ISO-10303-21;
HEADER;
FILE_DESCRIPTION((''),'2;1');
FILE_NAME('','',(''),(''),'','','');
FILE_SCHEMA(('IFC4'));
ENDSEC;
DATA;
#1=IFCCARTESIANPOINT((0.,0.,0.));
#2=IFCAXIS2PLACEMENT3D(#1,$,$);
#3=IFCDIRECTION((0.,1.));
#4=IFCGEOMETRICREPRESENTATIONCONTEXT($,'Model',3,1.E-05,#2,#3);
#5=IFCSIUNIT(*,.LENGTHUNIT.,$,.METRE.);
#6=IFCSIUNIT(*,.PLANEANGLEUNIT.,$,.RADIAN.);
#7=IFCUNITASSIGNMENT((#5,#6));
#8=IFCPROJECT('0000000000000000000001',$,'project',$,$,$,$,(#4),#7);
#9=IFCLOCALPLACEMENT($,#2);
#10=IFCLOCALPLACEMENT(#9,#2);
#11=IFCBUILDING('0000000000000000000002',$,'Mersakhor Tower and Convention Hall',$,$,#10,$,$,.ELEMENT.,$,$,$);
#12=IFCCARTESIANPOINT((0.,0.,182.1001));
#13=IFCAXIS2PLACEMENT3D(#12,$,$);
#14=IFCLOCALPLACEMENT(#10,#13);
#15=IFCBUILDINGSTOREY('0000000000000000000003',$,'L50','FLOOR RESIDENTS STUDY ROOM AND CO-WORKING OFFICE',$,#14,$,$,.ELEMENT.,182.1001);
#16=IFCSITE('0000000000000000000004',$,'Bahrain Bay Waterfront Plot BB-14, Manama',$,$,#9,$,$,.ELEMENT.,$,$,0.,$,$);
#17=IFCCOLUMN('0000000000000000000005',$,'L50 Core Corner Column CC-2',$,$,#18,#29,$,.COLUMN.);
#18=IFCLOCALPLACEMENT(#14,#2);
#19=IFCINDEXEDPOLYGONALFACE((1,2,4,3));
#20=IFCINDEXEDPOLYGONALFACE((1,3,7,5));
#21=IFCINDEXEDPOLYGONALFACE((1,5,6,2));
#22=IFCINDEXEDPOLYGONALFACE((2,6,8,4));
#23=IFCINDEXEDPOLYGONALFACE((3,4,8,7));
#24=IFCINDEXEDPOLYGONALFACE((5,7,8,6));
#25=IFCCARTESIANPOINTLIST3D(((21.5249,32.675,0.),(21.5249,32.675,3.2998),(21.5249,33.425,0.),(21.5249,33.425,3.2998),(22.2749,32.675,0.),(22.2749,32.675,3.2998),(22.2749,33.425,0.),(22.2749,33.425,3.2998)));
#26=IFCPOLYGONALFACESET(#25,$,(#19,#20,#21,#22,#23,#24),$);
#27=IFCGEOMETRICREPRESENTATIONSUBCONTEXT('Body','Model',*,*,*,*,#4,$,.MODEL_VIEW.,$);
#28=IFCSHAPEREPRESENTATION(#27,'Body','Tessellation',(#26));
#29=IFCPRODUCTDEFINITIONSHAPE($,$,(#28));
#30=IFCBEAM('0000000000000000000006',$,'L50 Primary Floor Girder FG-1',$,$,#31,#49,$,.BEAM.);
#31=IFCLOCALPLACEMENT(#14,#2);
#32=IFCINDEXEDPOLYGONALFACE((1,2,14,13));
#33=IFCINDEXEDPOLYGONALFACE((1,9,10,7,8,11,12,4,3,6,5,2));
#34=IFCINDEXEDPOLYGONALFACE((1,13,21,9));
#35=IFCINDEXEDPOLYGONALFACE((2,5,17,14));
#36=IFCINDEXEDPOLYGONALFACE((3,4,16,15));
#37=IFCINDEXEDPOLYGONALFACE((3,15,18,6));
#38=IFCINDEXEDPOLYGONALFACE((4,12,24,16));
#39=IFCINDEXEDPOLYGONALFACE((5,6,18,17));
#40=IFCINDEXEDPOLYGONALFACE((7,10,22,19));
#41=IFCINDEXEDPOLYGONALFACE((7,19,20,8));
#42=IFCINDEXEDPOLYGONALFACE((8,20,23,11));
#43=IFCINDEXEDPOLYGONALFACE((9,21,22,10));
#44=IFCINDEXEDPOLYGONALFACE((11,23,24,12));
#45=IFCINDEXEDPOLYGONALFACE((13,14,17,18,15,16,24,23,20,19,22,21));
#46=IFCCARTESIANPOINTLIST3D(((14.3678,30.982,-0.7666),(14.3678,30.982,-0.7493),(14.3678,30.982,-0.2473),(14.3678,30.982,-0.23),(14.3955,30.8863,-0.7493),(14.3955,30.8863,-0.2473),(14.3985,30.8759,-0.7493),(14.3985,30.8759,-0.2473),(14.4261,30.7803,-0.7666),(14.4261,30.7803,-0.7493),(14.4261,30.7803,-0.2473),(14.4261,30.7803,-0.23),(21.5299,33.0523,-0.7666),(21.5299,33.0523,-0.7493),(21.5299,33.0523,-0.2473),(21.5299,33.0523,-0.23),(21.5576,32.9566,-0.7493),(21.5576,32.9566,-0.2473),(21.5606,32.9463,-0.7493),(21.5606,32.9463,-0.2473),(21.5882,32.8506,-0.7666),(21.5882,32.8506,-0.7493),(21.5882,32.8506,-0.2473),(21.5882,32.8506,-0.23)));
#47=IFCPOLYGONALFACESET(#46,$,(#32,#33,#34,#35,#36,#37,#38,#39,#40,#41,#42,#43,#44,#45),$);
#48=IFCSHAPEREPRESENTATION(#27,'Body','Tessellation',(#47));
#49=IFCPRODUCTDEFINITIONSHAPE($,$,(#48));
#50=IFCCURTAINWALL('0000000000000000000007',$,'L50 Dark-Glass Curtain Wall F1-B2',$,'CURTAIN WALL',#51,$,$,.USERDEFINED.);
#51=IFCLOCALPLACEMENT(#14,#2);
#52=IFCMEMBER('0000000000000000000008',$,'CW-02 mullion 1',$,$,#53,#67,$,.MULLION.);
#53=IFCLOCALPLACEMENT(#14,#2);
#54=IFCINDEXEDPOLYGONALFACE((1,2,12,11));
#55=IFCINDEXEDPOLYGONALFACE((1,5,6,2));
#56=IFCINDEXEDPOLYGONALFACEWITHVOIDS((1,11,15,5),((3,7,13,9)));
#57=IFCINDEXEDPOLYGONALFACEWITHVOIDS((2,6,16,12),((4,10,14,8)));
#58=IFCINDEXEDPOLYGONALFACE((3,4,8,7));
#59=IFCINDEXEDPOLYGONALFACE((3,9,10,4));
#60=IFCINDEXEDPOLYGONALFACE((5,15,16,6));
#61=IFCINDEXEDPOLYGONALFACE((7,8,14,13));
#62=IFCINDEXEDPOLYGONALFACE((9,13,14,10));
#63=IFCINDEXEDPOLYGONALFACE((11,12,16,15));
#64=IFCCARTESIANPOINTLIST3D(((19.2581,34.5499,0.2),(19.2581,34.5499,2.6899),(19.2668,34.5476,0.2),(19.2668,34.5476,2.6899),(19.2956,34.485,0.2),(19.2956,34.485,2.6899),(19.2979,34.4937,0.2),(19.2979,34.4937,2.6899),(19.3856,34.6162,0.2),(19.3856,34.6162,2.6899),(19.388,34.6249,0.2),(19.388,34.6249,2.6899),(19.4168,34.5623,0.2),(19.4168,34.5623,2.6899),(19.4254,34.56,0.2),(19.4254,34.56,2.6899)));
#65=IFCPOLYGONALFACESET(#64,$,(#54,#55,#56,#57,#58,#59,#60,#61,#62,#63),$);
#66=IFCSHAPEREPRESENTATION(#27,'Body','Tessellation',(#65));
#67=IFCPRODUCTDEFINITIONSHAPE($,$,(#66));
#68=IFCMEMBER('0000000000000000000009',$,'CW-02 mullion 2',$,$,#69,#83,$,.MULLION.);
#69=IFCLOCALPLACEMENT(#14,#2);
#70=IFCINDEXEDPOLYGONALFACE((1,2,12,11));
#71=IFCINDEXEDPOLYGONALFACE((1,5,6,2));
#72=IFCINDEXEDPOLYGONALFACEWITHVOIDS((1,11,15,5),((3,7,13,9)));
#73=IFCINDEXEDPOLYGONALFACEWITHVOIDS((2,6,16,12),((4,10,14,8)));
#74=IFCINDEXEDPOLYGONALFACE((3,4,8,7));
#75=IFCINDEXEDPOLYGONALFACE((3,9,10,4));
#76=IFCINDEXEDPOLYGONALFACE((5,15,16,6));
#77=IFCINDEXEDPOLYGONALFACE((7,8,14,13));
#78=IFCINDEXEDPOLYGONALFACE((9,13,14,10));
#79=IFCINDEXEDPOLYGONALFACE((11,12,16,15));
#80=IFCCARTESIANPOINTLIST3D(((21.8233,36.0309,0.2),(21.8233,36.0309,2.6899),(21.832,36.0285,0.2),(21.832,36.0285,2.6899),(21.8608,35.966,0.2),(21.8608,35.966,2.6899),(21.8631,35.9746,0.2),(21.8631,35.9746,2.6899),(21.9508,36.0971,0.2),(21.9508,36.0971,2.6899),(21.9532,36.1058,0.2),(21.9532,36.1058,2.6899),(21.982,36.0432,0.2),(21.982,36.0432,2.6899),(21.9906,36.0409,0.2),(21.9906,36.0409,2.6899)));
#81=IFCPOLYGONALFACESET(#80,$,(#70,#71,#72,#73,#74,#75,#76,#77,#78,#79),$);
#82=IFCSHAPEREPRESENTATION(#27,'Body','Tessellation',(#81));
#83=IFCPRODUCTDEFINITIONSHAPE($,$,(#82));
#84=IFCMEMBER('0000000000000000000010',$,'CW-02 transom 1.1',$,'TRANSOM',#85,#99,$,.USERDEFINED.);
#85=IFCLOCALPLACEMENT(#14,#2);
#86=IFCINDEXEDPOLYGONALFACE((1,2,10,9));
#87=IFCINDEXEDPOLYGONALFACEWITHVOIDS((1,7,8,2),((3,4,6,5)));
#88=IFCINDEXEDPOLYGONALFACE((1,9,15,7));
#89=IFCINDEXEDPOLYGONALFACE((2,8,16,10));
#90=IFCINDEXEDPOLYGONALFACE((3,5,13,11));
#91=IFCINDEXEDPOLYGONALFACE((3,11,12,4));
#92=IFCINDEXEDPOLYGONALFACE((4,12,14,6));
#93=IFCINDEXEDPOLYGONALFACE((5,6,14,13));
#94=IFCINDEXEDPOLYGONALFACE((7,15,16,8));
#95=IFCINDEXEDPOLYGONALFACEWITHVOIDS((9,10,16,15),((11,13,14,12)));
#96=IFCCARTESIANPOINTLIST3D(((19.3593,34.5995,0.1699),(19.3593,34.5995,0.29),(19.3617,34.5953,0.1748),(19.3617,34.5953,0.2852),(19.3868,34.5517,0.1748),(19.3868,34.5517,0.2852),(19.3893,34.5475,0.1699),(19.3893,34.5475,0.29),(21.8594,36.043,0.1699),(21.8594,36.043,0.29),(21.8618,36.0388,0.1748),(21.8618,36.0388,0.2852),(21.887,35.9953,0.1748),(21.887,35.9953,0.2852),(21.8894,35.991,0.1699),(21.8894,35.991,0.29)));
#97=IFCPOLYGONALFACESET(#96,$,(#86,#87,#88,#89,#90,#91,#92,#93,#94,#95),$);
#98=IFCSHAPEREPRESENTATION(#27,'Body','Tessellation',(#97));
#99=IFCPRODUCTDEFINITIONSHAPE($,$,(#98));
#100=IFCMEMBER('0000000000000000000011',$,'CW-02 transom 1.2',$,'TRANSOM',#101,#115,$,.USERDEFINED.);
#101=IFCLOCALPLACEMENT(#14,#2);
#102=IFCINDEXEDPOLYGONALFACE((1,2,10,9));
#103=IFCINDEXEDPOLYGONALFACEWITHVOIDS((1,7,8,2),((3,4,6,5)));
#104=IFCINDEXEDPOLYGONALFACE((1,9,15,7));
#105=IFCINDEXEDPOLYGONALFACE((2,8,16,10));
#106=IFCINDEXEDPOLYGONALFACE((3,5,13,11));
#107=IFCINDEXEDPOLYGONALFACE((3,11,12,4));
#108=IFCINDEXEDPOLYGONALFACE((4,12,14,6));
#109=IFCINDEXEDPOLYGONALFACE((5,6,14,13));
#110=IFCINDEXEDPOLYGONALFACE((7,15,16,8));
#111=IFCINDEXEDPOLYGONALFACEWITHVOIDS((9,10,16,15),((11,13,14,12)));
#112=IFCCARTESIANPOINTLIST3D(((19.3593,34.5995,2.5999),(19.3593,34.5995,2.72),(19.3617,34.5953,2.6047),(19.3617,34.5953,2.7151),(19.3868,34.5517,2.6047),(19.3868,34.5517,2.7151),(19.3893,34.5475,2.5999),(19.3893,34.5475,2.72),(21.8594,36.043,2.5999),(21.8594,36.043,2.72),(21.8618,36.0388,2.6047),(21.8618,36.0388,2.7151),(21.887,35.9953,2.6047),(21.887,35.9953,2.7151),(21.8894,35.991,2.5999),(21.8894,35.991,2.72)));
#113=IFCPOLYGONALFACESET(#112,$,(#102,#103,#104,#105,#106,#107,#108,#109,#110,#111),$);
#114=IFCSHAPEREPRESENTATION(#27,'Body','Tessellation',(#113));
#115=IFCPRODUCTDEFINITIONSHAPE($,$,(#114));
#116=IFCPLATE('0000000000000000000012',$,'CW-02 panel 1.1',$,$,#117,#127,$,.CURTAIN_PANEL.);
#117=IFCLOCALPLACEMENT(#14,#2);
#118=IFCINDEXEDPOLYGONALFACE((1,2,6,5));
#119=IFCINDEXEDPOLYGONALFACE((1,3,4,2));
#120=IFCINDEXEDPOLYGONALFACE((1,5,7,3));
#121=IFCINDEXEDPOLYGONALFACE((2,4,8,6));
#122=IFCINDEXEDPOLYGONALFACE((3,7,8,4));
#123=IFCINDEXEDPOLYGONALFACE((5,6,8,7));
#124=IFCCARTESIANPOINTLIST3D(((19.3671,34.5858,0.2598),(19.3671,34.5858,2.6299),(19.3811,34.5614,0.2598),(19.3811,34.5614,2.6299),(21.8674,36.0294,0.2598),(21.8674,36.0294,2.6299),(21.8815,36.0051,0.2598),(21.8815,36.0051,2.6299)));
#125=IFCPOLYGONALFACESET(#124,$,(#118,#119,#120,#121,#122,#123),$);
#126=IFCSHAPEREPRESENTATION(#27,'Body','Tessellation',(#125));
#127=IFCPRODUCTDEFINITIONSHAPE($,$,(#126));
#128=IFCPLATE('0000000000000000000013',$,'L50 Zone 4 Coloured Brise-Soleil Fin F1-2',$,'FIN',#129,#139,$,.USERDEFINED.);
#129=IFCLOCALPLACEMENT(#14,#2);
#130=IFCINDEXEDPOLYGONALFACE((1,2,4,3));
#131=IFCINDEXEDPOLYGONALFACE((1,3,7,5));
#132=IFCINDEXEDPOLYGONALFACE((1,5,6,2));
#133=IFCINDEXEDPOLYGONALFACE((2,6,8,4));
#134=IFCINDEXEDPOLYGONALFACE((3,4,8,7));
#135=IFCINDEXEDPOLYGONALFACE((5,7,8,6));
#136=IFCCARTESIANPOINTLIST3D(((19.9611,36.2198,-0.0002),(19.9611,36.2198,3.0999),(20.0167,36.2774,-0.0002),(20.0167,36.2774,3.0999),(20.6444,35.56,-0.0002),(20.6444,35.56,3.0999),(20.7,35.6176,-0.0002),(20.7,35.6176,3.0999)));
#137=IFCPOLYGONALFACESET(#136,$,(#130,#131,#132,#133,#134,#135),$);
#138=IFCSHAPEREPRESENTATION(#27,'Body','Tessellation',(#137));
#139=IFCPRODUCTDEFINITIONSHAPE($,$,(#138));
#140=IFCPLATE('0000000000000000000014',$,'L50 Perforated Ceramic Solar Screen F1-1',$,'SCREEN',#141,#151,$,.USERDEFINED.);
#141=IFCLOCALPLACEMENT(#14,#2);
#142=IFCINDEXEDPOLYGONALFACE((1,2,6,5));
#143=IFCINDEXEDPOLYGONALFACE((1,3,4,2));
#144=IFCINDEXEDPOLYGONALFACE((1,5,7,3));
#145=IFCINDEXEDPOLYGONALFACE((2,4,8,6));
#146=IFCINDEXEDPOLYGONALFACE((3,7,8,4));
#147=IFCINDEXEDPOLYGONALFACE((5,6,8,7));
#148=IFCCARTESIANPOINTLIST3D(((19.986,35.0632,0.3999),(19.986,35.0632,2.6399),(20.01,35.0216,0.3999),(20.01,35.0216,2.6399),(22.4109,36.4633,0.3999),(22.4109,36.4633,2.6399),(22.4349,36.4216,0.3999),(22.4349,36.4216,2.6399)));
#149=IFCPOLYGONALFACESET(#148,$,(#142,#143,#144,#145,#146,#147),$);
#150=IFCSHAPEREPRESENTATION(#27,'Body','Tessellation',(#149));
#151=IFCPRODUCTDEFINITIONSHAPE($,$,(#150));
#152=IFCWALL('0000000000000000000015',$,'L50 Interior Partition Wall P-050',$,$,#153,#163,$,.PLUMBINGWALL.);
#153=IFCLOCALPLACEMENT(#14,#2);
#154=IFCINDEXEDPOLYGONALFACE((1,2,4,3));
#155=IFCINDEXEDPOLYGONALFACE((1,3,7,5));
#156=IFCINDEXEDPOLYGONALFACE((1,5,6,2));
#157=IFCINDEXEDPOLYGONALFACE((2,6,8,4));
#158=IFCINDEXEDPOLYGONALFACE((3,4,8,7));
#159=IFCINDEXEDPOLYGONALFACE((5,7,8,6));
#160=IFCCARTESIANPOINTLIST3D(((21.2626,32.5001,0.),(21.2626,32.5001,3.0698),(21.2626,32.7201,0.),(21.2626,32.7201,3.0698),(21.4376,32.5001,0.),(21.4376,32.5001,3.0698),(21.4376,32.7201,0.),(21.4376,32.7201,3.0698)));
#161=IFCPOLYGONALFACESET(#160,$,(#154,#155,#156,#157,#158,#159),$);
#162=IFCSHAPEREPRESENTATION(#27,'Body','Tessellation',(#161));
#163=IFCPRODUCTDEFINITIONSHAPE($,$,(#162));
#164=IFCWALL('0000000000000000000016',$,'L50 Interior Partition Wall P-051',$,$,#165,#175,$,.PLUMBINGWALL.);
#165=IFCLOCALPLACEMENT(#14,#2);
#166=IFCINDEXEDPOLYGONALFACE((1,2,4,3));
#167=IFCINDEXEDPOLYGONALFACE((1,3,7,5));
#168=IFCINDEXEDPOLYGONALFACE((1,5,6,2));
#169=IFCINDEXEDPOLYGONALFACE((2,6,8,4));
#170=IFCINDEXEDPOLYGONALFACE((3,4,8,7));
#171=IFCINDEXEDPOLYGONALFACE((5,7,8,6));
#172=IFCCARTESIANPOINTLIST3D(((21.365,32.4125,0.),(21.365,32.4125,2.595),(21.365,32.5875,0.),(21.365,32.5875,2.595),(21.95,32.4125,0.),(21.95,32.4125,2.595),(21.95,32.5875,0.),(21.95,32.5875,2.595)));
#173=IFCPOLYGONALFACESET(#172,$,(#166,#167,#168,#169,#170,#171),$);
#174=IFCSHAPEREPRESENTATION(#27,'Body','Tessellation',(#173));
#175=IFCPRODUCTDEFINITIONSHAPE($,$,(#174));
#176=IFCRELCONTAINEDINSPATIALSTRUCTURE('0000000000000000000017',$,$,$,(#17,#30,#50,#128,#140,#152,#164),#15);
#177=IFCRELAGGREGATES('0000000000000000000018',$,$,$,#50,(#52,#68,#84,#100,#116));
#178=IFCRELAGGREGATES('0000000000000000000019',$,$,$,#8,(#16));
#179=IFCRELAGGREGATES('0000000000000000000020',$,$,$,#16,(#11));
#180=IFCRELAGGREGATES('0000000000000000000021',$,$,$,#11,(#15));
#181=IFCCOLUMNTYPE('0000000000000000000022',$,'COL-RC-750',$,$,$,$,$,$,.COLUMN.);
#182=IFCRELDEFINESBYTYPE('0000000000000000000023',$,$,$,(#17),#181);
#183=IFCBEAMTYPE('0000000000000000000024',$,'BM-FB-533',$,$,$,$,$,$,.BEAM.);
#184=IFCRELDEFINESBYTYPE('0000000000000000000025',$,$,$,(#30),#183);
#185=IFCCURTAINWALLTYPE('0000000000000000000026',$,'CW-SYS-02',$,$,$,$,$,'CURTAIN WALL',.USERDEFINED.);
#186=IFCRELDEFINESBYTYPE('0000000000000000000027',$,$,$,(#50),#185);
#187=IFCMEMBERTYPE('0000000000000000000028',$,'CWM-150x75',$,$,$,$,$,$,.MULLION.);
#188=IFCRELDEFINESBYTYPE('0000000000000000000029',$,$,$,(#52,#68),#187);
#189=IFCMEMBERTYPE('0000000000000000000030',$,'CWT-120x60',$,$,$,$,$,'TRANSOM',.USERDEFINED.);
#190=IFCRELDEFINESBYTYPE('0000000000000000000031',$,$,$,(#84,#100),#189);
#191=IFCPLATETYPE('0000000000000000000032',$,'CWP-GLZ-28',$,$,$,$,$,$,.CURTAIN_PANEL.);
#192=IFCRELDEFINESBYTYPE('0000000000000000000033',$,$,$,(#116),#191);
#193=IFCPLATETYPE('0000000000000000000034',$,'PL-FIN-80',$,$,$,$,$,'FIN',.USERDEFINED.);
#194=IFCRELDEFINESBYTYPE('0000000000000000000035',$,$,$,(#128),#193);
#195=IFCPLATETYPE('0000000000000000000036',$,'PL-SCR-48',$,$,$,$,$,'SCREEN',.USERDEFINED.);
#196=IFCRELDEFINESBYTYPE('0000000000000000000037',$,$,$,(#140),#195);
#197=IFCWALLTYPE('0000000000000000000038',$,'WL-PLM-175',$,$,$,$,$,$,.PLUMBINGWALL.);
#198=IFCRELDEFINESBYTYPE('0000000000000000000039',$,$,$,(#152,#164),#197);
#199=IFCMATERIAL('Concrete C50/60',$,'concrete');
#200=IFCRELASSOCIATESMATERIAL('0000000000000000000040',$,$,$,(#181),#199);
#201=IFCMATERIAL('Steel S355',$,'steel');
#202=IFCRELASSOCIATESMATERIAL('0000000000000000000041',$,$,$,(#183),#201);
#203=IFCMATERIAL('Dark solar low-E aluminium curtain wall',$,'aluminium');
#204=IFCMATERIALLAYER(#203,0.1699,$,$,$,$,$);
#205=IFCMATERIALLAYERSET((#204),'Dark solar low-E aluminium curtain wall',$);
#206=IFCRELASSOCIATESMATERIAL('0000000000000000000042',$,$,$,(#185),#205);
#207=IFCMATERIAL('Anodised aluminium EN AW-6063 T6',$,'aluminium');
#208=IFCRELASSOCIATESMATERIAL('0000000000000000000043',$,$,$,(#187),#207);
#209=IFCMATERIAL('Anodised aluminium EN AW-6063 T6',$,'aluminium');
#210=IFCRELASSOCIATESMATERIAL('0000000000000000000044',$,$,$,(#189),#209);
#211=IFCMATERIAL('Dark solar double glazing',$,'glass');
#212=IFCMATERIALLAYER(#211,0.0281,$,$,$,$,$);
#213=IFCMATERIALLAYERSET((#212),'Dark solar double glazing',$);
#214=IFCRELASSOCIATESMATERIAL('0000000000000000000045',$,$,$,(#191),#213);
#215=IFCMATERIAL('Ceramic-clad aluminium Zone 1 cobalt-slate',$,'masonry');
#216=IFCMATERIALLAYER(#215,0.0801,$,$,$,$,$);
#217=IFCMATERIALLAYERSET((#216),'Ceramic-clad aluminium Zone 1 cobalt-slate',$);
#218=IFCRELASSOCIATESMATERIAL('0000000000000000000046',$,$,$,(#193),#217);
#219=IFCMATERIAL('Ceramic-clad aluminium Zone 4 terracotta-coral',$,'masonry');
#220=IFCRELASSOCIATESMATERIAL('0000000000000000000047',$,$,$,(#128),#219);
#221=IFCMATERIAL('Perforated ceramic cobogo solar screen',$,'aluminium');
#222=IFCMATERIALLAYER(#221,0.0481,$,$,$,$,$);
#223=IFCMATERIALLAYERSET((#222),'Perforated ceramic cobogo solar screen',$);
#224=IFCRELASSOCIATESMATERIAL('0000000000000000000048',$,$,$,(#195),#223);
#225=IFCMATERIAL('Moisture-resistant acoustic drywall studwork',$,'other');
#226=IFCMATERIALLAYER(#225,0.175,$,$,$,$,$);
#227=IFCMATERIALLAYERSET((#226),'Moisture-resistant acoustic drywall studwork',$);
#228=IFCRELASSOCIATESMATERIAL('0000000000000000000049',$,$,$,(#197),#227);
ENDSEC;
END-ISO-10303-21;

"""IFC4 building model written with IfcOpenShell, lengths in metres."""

from ifc_helpers import new_model, si_unit, direction, frame, frame_2d, origin, origin_2d, place, context, subcontext, project, spatial, rectangle, hollow_rectangle, i_section, extrude, material, layer, layer_set, material_profile, profile_set, type_object, element, aggregate, save


model = new_model("IFC4")

# Units and contexts
model_context = context("Model", 3, precision=1e-05, world=origin(), true_north=direction((0.0, 1.0)))
body_context = subcontext(model_context, "Body", "Model", "MODEL_VIEW")
ifc_project = project(units=[si_unit("LENGTHUNIT", "METRE"), si_unit("PLANEANGLEUNIT", "RADIAN")], contexts=[model_context])

# Site, building, storey
site_placement = place(None, origin())
site = spatial("IfcSite", under=ifc_project, at=site_placement, Name="Bahrain Bay Waterfront Plot BB-14, Manama", CompositionType="ELEMENT", RefElevation=0.0)
building_placement = place(site_placement, origin())
building = spatial("IfcBuilding", under=site, at=building_placement, Name="Mersakhor Tower and Convention Hall", CompositionType="ELEMENT")
storey_placement = place(building_placement, frame((0.0, 0.0, 182.1001)))
storey = spatial("IfcBuildingStorey", under=building, at=storey_placement, Name="L50", Description="FLOOR RESIDENTS STUDY ROOM AND CO-WORKING OFFICE", CompositionType="ELEMENT", Elevation=182.1001)

# Column
ifc_material_1 = material(Name="Concrete C50/60", Category="concrete")
ifc_material_profile_1 = material_profile(ifc_material_1, rectangle(XDim=0.75, YDim=0.75, at=origin_2d()), Name="RC 750x750")
ifc_profile_set_1 = profile_set([ifc_material_profile_1], Name="Concrete C50/60")
column_type = type_object("IfcColumnType", Name="COL-RC-750", PredefinedType="COLUMN", material=ifc_profile_set_1)
column_placement = place(storey_placement, frame((21.8999, 33.05, 0.0), z_axis=(0.0, 0.0, 1.0), x_axis=(1.0, 0.0, 0.0)))
element("IfcColumn", 1, at=column_placement, inside=storey, type_object=column_type, Name="L50 Core Corner Column CC-2", PredefinedType="COLUMN", context=body_context, shape_type="SweptSolid", body=[
    extrude(rectangle(XDim=0.75, YDim=0.75, at=origin_2d()), origin(), (0.0, 0.0, 1.0), 3.2998),
])

# Beam
ifc_material_2 = material(Name="Steel S355", Category="steel")
ifc_material_profile_2 = material_profile(ifc_material_2, i_section(OverallWidth=0.21, OverallDepth=0.5366, WebThickness=0.0107, FlangeThickness=0.0173, at=origin_2d()), Name="UB 533x210x101")
ifc_profile_set_2 = profile_set([ifc_material_profile_2], Name="Steel S355")
beam_type = type_object("IfcBeamType", Name="BM-FB-533", PredefinedType="BEAM", material=ifc_profile_set_2)
beam_placement = place(storey_placement, frame((21.5591, 32.9514, -0.4983), z_axis=(-0.960669, -0.277695, 0.0), x_axis=(0.277695, -0.960669, 0.0)))
element("IfcBeam", 2, at=beam_placement, inside=storey, type_object=beam_type, Name="L50 Primary Floor Girder FG-1", PredefinedType="BEAM", context=body_context, shape_type="SweptSolid", body=[
    extrude(i_section(OverallWidth=0.21, OverallDepth=0.5366, WebThickness=0.0107, FlangeThickness=0.0173, at=origin_2d()), origin(), (0.0, 0.0, 1.0), 7.4553),
])

# Curtain wall, members, plate
ifc_material_3 = material(Name="Dark solar low-E aluminium curtain wall", Category="aluminium")
ifc_layer_1 = layer(ifc_material_3, 0.1699)
ifc_layer_set_1 = layer_set([ifc_layer_1], Name="Dark solar low-E aluminium curtain wall")
curtain_wall_type = type_object("IfcCurtainWallType", Name="CW-SYS-02", ElementType="CURTAIN WALL", PredefinedType="USERDEFINED", material=ifc_layer_set_1)
curtain_wall_placement = place(storey_placement, origin())
curtain_wall = element("IfcCurtainWall", 3, at=curtain_wall_placement, inside=storey, type_object=curtain_wall_type, Name="L50 Dark-Glass Curtain Wall F1-B2", ObjectType="CURTAIN WALL", PredefinedType="USERDEFINED")
ifc_material_4 = material(Name="Anodised aluminium EN AW-6063 T6", Category="aluminium")
ifc_material_profile_3 = material_profile(ifc_material_4, hollow_rectangle(XDim=0.075, YDim=0.1499, WallThickness=0.0063, at=origin_2d()), Name="RHS 150x75x6.3")
ifc_profile_set_3 = profile_set([ifc_material_profile_3], Name="Anodised aluminium EN AW-6063 T6")
member_type_1 = type_object("IfcMemberType", Name="CWM-150x75", PredefinedType="MULLION", material=ifc_profile_set_3)
member_1_placement = place(storey_placement, frame((19.3418, 34.5549, 0.2), z_axis=(0.0, 0.0, 1.0), x_axis=(-0.500008, 0.866021, 0.0)))
member_1 = element("IfcMember", 4, at=member_1_placement, type_object=member_type_1, Name="CW-02 mullion 1", PredefinedType="MULLION", context=body_context, shape_type="SweptSolid", body=[
    extrude(hollow_rectangle(XDim=0.075, YDim=0.1499, WallThickness=0.0063, at=origin_2d()), origin(), (0.0, 0.0, 1.0), 2.49),
])
member_2_placement = place(storey_placement, frame((21.907, 36.0359, 0.2), z_axis=(0.0, 0.0, 1.0), x_axis=(-0.500008, 0.866021, 0.0)))
member_2 = element("IfcMember", 5, at=member_2_placement, type_object=member_type_1, Name="CW-02 mullion 2", PredefinedType="MULLION", context=body_context, shape_type="SweptSolid", body=[
    extrude(hollow_rectangle(XDim=0.075, YDim=0.1499, WallThickness=0.0063, at=origin_2d()), origin(), (0.0, 0.0, 1.0), 2.49),
])
ifc_material_5 = material(Name="Anodised aluminium EN AW-6063 T6", Category="aluminium")
ifc_material_profile_4 = material_profile(ifc_material_5, hollow_rectangle(XDim=0.0601, YDim=0.1201, WallThickness=0.0049, at=origin_2d()), Name="RHS 120x60x5")
ifc_profile_set_4 = profile_set([ifc_material_profile_4], Name="Anodised aluminium EN AW-6063 T6")
member_type_2 = type_object("IfcMemberType", Name="CWT-120x60", ElementType="TRANSOM", PredefinedType="USERDEFINED", material=ifc_profile_set_4)
member_3_placement = place(storey_placement, frame((19.3743, 34.5735, 0.23), z_axis=(0.866012, 0.500023, 0.0), x_axis=(-0.500023, 0.866012, 0.0)))
member_3 = element("IfcMember", 6, at=member_3_placement, type_object=member_type_2, Name="CW-02 transom 1.1", ObjectType="TRANSOM", PredefinedType="USERDEFINED", context=body_context, shape_type="SweptSolid", body=[
    extrude(hollow_rectangle(XDim=0.0601, YDim=0.1201, WallThickness=0.0049, at=origin_2d()), origin(), (0.0, 0.0, 1.0), 2.887),
])
member_4_placement = place(storey_placement, frame((19.3743, 34.5735, 2.6599), z_axis=(0.866012, 0.500023, 0.0), x_axis=(-0.500023, 0.866012, 0.0)))
member_4 = element("IfcMember", 7, at=member_4_placement, type_object=member_type_2, Name="CW-02 transom 1.2", ObjectType="TRANSOM", PredefinedType="USERDEFINED", context=body_context, shape_type="SweptSolid", body=[
    extrude(hollow_rectangle(XDim=0.0601, YDim=0.1201, WallThickness=0.0049, at=origin_2d()), origin(), (0.0, 0.0, 1.0), 2.887),
])
ifc_material_6 = material(Name="Dark solar double glazing", Category="glass")
ifc_layer_2 = layer(ifc_material_6, 0.0281)
ifc_layer_set_2 = layer_set([ifc_layer_2], Name="Dark solar double glazing")
plate_type_1 = type_object("IfcPlateType", Name="CWP-GLZ-28", PredefinedType="CURTAIN_PANEL", material=ifc_layer_set_2)
plate_1_placement = place(storey_placement, frame((20.6243, 35.2954, 0.2598), z_axis=(0.0, 0.0, 1.0), x_axis=(0.866021, 0.500008, 0.0)))
plate_1 = element("IfcPlate", 8, at=plate_1_placement, type_object=plate_type_1, Name="CW-02 panel 1.1", PredefinedType="CURTAIN_PANEL", context=body_context, shape_type="SweptSolid", body=[
    extrude(rectangle(XDim=2.8872, YDim=0.0281, at=origin_2d()), origin(), (0.0, 0.0, 1.0), 2.3701),
])
aggregate(curtain_wall, [member_1, member_2, member_3, member_4, plate_1])

# Plates
ifc_material_7 = material(Name="Ceramic-clad aluminium Zone 4 terracotta-coral", Category="masonry")
ifc_material_8 = material(Name="Ceramic-clad aluminium Zone 1 cobalt-slate", Category="masonry")
ifc_layer_3 = layer(ifc_material_8, 0.0801)
ifc_layer_set_3 = layer_set([ifc_layer_3], Name="Ceramic-clad aluminium Zone 1 cobalt-slate")
plate_type_2 = type_object("IfcPlateType", Name="PL-FIN-80", ElementType="FIN", PredefinedType="USERDEFINED", material=ifc_layer_set_3)
plate_2_placement = place(storey_placement, frame((20.3306, 35.9187, -0.0002), z_axis=(0.0, 0.0, 1.0), x_axis=(-0.71934, 0.694658, 0.0)))
element("IfcPlate", 9, at=plate_2_placement, inside=storey, type_object=plate_type_2, material=ifc_material_7, Name="L50 Zone 4 Coloured Brise-Soleil Fin F1-2", ObjectType="FIN", PredefinedType="USERDEFINED", context=body_context, shape_type="SweptSolid", body=[
    extrude(rectangle(XDim=0.95, YDim=0.0801, at=origin_2d()), origin(), (0.0, 0.0, 1.0), 3.1001),
])
ifc_material_9 = material(Name="Perforated ceramic cobogo solar screen", Category="aluminium")
ifc_layer_4 = layer(ifc_material_9, 0.0481)
ifc_layer_set_4 = layer_set([ifc_layer_4], Name="Perforated ceramic cobogo solar screen")
plate_type_3 = type_object("IfcPlateType", Name="PL-SCR-48", ElementType="SCREEN", PredefinedType="USERDEFINED", material=ifc_layer_set_4)
plate_3_placement = place(storey_placement, frame((21.2104, 35.7424, 0.3999), z_axis=(0.0, 0.0, 1.0), x_axis=(0.866025, 0.5, 0.0)))
element("IfcPlate", 10, at=plate_3_placement, inside=storey, type_object=plate_type_3, Name="L50 Perforated Ceramic Solar Screen F1-1", ObjectType="SCREEN", PredefinedType="USERDEFINED", context=body_context, shape_type="SweptSolid", body=[
    extrude(rectangle(XDim=2.8, YDim=0.0481, at=origin_2d()), origin(), (0.0, 0.0, 1.0), 2.24),
])

# Walls
ifc_material_10 = material(Name="Moisture-resistant acoustic drywall studwork", Category="other")
ifc_layer_5 = layer(ifc_material_10, 0.175)
ifc_layer_set_5 = layer_set([ifc_layer_5], Name="Moisture-resistant acoustic drywall studwork")
wall_type_1 = type_object("IfcWallType", Name="WL-PLM-175", PredefinedType="PLUMBINGWALL", material=ifc_layer_set_5)
wall_1_placement = place(storey_placement, frame((21.3501, 32.72, 0.0), z_axis=(0.0, 0.0, 1.0), x_axis=(0.0, -1.0, 0.0)))
element("IfcWall", 11, at=wall_1_placement, inside=storey, type_object=wall_type_1, Name="L50 Interior Partition Wall P-050", PredefinedType="PLUMBINGWALL", context=body_context, shape_type="SweptSolid", body=[
    extrude(rectangle(XDim=0.22, YDim=0.175, at=frame_2d((0.1099, 0.0))), origin(), (0.0, 0.0, 1.0), 3.0698),
])
wall_2_placement = place(storey_placement, frame((21.365, 32.5, 0.0), z_axis=(0.0, 0.0, 1.0), x_axis=(1.0, 0.0, 0.0)))
element("IfcWall", 12, at=wall_2_placement, inside=storey, type_object=wall_type_1, Name="L50 Interior Partition Wall P-051", PredefinedType="PLUMBINGWALL", context=body_context, shape_type="SweptSolid", body=[
    extrude(rectangle(XDim=0.585, YDim=0.175, at=frame_2d((0.2925, 0.0))), origin(), (0.0, 0.0, 1.0), 2.595),
])

save(model, "model.ifc")
